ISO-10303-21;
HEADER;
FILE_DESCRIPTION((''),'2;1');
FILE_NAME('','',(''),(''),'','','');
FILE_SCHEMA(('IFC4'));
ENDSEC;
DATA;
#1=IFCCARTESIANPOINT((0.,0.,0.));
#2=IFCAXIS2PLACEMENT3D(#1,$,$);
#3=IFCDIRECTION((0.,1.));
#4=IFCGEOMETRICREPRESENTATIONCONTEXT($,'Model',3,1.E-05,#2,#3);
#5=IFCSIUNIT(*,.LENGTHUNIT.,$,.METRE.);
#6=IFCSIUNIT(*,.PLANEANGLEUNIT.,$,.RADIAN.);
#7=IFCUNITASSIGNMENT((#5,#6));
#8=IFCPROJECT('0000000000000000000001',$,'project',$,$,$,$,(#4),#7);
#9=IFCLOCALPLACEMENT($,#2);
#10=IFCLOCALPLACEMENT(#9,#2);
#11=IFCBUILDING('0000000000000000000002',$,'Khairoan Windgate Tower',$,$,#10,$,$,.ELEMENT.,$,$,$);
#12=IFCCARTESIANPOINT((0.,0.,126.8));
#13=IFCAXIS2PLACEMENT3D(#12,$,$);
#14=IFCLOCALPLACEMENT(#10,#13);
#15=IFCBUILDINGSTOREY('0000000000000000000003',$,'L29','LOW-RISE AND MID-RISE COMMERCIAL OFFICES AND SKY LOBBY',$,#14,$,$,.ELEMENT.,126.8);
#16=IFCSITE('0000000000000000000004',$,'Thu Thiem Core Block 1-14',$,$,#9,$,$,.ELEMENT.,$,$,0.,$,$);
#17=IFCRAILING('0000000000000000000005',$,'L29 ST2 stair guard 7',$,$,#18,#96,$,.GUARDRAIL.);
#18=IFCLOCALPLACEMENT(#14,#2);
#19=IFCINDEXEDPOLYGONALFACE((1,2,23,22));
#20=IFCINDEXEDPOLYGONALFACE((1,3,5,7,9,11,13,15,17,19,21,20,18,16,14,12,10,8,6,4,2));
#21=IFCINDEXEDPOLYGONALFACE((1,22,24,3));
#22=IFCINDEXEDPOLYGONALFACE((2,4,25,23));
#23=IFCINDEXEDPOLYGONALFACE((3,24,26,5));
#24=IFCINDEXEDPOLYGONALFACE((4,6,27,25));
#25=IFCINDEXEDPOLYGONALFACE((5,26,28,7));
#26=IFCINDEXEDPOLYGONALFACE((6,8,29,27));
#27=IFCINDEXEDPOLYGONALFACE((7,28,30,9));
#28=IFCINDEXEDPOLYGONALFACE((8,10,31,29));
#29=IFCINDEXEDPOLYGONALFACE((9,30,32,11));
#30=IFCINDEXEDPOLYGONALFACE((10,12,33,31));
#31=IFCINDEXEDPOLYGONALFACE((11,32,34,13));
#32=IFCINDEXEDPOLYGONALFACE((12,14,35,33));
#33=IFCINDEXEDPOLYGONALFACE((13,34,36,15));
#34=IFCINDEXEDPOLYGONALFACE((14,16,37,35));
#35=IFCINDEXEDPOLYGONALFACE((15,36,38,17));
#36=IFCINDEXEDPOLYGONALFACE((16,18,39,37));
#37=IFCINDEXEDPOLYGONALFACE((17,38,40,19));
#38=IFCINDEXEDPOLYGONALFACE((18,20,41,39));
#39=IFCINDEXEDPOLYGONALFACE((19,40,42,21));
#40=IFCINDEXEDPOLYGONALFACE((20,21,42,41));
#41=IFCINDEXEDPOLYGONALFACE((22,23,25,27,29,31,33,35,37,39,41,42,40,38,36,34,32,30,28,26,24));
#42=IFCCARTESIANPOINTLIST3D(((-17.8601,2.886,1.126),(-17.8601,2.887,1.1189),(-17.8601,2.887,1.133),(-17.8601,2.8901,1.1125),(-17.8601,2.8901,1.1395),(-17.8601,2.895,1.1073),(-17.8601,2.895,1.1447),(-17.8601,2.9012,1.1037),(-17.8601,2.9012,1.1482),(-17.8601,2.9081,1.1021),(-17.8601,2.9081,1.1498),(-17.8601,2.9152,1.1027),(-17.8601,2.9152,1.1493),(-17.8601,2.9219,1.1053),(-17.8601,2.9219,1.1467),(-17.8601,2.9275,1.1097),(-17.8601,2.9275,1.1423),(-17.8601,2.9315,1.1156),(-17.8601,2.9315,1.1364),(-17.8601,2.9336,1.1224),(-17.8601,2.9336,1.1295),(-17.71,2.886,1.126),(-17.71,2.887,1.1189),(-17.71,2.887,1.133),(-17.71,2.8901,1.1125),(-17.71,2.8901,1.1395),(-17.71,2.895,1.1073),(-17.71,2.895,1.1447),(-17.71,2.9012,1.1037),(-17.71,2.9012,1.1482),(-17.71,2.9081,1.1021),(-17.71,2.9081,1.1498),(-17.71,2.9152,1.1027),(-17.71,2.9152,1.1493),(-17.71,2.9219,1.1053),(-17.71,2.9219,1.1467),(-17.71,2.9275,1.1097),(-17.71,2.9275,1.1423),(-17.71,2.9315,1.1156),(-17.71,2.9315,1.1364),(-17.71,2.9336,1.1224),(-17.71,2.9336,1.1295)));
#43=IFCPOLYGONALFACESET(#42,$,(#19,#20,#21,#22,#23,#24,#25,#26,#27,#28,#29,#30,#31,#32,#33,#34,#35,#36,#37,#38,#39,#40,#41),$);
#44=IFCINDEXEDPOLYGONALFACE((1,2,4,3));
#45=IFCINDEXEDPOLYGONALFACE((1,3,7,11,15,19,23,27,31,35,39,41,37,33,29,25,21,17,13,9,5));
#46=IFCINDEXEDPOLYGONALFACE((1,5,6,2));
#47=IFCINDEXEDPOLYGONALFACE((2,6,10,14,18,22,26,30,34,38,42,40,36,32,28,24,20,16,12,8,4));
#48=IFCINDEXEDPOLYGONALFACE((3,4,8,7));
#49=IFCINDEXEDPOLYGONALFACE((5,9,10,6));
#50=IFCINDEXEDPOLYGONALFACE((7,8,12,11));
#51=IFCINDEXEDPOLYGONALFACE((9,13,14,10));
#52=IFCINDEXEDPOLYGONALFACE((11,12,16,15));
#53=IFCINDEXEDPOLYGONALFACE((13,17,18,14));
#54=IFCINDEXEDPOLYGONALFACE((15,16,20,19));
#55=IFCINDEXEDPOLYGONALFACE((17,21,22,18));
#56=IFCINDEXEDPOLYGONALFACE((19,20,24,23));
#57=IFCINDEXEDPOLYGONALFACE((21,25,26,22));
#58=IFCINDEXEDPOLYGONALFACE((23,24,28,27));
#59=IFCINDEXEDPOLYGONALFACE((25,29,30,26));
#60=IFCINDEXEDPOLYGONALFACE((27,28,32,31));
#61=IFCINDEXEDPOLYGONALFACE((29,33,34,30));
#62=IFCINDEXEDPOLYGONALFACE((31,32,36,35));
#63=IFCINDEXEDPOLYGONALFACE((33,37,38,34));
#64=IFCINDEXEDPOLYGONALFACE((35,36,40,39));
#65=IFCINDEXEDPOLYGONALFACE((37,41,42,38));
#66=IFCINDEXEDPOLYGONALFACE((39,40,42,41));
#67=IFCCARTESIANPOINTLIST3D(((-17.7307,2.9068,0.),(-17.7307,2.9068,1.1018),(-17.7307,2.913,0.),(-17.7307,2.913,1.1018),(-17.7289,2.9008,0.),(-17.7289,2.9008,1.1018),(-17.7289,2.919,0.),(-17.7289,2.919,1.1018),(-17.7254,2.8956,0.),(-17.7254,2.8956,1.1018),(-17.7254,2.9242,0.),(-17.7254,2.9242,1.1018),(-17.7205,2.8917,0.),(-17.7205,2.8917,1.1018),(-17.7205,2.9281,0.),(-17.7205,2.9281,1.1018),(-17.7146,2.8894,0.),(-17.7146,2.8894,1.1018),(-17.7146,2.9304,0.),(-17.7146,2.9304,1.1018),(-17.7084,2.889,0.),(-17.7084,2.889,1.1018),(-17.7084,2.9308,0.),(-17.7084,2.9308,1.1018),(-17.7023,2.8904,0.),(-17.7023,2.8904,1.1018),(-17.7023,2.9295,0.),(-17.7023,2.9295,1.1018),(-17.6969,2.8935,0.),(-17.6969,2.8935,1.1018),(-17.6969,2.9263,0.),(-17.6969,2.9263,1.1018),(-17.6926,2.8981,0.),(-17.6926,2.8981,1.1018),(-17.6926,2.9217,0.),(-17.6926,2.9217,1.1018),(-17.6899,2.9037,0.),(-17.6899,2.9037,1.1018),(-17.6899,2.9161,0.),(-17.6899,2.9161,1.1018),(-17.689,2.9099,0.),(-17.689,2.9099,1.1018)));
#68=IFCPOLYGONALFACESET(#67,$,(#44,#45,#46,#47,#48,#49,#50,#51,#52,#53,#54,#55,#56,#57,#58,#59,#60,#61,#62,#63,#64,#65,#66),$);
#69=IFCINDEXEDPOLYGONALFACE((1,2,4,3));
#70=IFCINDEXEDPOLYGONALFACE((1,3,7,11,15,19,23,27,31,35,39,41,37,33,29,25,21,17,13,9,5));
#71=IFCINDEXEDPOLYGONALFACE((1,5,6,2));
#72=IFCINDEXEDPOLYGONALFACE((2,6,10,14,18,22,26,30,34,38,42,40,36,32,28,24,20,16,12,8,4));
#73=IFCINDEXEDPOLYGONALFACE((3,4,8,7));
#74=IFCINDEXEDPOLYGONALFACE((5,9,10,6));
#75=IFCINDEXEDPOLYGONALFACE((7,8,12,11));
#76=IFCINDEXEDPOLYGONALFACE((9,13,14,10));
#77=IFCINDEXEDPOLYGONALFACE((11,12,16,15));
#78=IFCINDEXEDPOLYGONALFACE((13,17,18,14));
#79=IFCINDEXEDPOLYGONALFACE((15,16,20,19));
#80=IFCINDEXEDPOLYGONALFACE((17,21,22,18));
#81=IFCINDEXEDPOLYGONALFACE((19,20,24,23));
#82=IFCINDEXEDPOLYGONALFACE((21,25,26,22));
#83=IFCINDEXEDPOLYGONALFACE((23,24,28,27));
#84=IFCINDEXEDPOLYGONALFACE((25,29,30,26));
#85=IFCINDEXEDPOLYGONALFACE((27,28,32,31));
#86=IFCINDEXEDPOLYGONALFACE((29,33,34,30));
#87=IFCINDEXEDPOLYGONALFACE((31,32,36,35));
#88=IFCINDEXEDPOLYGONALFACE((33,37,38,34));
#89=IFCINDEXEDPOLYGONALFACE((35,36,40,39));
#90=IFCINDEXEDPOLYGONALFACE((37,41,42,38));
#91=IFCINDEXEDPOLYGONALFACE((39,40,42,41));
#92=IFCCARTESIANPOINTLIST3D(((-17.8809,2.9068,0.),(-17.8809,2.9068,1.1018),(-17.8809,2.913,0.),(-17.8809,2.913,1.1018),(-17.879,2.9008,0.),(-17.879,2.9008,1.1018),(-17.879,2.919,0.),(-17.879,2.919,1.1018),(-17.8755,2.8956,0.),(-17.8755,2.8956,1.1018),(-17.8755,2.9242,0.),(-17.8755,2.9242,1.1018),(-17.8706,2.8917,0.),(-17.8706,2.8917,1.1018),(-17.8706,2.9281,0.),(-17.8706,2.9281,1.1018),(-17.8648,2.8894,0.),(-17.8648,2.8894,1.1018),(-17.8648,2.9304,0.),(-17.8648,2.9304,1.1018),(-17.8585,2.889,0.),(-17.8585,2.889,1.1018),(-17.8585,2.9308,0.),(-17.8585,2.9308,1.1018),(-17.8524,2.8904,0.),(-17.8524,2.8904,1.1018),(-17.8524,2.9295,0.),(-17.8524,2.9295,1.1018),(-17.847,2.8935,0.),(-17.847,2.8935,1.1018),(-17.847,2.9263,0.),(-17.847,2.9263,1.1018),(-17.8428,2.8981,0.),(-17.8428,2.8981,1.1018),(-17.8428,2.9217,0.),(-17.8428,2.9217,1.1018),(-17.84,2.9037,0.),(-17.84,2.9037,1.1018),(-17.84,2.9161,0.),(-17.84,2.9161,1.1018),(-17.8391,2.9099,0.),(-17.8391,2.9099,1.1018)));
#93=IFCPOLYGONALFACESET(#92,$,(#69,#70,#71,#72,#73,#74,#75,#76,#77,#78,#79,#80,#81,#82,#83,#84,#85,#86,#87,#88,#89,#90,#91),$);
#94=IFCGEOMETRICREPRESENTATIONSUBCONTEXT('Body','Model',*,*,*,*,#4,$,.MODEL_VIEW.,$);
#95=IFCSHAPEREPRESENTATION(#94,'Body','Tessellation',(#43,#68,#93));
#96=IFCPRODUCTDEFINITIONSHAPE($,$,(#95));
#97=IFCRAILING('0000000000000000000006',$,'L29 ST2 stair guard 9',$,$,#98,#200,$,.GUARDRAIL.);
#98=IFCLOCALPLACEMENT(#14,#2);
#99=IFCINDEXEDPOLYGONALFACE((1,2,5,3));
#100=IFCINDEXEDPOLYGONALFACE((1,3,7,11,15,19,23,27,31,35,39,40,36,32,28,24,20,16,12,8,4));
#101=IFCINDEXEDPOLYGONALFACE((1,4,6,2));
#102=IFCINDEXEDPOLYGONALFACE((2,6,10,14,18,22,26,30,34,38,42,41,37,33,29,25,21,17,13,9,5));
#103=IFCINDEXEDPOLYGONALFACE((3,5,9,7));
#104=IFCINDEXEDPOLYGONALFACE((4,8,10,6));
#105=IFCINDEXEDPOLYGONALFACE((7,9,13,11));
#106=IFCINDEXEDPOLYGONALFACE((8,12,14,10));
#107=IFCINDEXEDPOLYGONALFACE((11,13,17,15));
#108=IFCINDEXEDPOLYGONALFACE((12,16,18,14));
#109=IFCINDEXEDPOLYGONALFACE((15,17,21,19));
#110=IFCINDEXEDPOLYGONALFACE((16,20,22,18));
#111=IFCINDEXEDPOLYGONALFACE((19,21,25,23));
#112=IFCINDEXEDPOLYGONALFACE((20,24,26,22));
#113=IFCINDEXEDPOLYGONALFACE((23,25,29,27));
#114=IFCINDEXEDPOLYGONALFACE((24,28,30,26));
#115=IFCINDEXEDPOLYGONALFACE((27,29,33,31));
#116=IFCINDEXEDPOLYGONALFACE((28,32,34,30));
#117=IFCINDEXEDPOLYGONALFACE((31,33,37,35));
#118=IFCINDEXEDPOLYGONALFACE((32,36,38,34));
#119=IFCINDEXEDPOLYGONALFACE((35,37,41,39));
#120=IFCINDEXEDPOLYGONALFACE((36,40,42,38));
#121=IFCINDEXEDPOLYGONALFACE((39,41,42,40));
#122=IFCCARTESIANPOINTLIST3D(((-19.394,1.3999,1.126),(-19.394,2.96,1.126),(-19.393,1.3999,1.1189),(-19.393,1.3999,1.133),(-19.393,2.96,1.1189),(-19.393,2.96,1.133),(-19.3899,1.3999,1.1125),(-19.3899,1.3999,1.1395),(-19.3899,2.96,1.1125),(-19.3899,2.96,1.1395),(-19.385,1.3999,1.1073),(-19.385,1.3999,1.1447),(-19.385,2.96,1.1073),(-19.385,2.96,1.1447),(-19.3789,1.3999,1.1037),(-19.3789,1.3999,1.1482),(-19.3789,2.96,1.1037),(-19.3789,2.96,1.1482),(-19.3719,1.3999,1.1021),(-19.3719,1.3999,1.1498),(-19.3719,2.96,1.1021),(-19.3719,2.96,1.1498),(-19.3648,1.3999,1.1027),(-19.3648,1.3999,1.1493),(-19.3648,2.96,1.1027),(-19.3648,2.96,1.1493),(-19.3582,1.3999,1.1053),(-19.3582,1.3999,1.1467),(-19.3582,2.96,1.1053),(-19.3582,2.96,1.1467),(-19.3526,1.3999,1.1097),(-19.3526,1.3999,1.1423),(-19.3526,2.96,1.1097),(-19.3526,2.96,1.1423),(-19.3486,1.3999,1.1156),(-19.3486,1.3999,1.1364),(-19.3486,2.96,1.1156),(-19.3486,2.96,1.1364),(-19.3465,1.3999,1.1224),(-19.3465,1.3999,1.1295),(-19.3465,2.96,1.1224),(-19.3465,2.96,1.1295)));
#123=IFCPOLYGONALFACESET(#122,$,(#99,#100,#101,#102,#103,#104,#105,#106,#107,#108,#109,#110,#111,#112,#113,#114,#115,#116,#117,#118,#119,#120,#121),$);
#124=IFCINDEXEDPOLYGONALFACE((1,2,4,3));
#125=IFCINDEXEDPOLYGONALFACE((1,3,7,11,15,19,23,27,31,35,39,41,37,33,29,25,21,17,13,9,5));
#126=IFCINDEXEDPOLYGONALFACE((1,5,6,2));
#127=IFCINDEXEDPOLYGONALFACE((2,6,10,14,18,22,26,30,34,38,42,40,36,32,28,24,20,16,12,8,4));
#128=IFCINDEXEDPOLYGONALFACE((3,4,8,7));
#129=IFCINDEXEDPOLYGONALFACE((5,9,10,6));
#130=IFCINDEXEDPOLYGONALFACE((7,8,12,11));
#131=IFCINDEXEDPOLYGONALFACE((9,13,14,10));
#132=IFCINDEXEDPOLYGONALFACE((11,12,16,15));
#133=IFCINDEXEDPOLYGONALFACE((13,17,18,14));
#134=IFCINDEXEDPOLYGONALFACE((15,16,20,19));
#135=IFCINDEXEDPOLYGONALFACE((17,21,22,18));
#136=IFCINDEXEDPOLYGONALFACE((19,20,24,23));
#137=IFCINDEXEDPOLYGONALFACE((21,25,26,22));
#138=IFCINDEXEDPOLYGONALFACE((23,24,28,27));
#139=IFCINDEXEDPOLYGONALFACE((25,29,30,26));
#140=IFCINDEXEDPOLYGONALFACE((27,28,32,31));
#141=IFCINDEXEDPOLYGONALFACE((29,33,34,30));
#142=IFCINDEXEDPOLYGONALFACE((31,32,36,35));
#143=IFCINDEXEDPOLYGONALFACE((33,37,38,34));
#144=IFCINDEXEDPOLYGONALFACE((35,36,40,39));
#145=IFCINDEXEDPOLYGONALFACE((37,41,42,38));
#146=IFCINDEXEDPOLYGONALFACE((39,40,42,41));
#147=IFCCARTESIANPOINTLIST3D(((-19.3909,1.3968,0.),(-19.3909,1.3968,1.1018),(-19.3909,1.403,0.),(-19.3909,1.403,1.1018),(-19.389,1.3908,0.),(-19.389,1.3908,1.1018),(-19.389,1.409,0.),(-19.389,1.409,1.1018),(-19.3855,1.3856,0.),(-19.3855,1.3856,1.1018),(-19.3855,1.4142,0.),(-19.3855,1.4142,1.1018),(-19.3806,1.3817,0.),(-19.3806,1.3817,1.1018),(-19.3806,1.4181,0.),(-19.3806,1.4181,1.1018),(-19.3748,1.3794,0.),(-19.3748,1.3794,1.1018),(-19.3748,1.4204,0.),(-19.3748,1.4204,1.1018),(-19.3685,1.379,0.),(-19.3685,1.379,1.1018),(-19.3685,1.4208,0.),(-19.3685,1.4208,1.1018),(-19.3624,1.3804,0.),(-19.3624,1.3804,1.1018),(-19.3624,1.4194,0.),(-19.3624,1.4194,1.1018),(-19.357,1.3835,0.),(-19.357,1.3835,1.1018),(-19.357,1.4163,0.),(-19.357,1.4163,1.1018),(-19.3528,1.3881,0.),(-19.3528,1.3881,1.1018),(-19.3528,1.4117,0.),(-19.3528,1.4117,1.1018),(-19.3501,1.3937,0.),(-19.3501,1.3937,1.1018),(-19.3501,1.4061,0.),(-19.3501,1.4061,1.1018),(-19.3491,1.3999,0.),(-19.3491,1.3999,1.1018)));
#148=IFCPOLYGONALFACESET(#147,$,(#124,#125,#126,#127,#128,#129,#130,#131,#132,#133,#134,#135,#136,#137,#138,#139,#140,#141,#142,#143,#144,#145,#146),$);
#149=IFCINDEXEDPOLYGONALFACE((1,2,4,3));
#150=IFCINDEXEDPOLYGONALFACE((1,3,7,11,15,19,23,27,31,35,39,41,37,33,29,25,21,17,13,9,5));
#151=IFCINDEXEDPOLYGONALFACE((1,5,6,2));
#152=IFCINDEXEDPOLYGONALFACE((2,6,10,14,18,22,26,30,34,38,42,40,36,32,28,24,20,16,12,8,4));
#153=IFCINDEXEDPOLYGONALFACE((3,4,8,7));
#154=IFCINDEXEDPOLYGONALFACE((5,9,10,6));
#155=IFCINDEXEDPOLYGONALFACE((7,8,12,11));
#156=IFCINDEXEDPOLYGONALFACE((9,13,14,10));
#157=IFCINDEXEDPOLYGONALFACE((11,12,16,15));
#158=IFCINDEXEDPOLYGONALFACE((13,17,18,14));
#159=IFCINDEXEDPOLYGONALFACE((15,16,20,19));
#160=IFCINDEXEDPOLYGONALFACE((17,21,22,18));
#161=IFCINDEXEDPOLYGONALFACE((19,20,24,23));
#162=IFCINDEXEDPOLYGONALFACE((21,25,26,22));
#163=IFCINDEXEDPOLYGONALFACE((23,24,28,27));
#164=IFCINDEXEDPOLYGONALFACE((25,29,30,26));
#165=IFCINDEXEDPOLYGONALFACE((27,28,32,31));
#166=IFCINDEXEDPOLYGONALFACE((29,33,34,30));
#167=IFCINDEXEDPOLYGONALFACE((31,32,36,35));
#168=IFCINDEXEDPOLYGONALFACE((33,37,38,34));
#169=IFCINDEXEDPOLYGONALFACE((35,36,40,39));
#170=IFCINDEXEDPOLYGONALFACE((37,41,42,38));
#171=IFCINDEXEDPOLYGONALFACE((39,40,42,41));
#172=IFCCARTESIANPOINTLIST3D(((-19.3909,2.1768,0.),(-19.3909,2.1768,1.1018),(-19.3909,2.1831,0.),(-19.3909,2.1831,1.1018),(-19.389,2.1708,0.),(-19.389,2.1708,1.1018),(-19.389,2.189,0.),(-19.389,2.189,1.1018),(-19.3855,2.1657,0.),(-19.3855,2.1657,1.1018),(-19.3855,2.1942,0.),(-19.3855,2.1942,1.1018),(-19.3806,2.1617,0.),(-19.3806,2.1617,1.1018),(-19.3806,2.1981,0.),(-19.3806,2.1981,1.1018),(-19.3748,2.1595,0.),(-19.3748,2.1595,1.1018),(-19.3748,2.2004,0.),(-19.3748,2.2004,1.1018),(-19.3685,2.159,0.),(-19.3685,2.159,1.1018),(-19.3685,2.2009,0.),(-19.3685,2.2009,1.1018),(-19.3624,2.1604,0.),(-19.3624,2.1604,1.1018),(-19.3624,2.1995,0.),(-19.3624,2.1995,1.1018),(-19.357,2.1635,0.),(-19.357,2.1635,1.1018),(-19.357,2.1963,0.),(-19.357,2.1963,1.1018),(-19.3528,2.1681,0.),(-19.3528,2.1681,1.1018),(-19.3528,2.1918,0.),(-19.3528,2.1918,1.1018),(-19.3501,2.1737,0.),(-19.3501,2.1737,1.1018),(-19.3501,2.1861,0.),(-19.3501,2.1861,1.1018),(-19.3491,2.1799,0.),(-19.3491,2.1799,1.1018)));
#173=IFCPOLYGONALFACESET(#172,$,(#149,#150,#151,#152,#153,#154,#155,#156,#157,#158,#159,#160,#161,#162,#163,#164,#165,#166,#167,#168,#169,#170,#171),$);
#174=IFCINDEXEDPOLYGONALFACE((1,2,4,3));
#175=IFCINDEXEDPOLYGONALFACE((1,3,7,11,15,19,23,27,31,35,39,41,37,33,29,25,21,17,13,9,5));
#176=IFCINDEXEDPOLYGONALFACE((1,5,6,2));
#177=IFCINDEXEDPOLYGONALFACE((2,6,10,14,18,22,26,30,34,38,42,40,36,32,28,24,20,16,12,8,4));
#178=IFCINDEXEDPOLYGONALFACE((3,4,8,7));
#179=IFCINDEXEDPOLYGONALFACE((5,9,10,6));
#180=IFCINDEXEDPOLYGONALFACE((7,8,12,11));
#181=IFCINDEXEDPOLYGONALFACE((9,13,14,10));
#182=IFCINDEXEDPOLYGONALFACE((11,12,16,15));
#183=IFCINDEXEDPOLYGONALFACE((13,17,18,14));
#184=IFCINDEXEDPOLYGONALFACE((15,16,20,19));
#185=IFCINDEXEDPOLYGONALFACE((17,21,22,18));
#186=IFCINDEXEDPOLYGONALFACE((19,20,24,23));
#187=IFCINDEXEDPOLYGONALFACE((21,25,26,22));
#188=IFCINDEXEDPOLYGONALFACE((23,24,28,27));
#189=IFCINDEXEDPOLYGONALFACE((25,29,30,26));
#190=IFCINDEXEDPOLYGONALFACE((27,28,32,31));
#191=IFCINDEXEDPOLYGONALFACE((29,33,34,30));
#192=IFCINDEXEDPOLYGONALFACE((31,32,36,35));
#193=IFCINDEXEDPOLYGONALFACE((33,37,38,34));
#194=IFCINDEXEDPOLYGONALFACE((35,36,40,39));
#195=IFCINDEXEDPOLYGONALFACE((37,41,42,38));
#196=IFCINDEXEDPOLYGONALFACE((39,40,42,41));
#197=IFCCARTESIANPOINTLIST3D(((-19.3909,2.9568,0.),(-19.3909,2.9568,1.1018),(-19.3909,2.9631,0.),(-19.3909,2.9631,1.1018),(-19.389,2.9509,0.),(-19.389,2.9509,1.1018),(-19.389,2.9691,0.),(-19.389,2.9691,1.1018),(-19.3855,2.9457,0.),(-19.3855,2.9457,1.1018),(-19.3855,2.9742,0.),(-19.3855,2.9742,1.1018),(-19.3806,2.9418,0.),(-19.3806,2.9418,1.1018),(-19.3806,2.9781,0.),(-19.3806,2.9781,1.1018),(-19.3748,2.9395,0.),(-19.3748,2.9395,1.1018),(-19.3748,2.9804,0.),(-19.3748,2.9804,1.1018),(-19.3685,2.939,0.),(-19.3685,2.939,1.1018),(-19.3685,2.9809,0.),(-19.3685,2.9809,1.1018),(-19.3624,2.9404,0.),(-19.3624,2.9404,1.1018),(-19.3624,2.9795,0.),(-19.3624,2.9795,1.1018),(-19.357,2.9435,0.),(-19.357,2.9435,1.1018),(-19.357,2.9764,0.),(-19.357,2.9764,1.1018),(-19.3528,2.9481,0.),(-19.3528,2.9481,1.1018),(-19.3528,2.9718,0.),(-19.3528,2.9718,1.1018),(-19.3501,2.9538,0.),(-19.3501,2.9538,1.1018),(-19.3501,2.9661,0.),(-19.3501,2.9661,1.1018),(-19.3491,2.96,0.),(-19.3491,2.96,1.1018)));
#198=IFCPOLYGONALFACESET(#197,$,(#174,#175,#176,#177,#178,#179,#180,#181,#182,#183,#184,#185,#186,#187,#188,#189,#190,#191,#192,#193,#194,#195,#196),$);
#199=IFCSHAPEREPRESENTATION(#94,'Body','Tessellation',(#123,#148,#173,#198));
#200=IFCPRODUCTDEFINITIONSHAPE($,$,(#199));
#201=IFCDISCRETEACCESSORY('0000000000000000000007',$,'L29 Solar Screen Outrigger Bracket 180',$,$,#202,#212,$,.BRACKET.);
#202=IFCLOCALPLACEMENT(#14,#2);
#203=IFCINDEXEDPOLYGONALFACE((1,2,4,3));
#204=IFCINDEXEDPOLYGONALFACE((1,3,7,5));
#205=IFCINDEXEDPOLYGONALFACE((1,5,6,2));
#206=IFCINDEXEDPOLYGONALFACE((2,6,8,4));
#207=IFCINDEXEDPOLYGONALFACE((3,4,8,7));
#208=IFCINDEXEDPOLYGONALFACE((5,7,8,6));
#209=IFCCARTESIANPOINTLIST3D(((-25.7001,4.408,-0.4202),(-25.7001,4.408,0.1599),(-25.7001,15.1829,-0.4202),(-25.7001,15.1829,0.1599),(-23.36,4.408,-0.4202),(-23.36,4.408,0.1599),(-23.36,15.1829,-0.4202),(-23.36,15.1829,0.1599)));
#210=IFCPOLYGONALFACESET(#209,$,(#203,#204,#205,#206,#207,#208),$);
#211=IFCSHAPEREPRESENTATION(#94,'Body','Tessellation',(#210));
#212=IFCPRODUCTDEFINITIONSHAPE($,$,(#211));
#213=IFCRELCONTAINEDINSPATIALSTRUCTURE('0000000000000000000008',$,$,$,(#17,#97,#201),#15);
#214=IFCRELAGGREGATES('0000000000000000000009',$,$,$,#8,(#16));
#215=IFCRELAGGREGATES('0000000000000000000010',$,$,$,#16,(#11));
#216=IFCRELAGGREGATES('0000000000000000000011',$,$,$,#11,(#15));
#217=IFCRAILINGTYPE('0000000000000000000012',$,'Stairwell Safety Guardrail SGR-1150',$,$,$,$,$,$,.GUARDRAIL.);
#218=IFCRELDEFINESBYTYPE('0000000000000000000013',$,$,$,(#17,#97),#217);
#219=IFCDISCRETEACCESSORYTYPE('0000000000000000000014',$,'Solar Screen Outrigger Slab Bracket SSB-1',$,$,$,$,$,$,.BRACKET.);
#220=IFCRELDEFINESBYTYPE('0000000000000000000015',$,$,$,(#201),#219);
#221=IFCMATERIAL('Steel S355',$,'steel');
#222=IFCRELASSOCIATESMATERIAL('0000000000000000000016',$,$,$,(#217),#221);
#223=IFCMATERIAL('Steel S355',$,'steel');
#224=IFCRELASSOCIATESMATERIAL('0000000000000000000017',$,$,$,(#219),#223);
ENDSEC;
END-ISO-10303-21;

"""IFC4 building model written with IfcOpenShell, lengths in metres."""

from ifc_helpers import new_model, si_unit, direction, frame, origin, origin_2d, place, context, subcontext, project, spatial, rectangle, circle, extrude, material, type_object, element, save


model = new_model("IFC4")

# Units and contexts
model_context = context("Model", 3, precision=1e-05, world=origin(), true_north=direction((0.0, 1.0)))
body_context = subcontext(model_context, "Body", "Model", "MODEL_VIEW")
ifc_project = project(units=[si_unit("LENGTHUNIT", "METRE"), si_unit("PLANEANGLEUNIT", "RADIAN")], contexts=[model_context])

# Site, building, storey
site_placement = place(None, origin())
site = spatial("IfcSite", under=ifc_project, at=site_placement, Name="Thu Thiem Core Block 1-14", CompositionType="ELEMENT", RefElevation=0.0)
building_placement = place(site_placement, origin())
building = spatial("IfcBuilding", under=site, at=building_placement, Name="Khairoan Windgate Tower", CompositionType="ELEMENT")
storey_placement = place(building_placement, frame((0.0, 0.0, 126.8)))
storey = spatial("IfcBuildingStorey", under=building, at=storey_placement, Name="L29", Description="LOW-RISE AND MID-RISE COMMERCIAL OFFICES AND SKY LOBBY", CompositionType="ELEMENT", Elevation=126.8)

# Railings
ifc_material_1 = material(Name="Steel S355", Category="steel")
railing_type_1 = type_object("IfcRailingType", Name="Stairwell Safety Guardrail SGR-1150", PredefinedType="GUARDRAIL", material=ifc_material_1)
railing_1_placement = place(storey_placement, frame((-17.71, 2.9099, 0.0)))
element("IfcRailing", 1, at=railing_1_placement, inside=storey, type_object=railing_type_1, Name="L29 ST2 stair guard 7", PredefinedType="GUARDRAIL", context=body_context, shape_type="SweptSolid", body=[
    extrude(circle(Radius=0.0239, at=origin_2d()), frame((0.0, 0.0, 1.126), z_axis=(-1.0, 0.0, 0.0), x_axis=(0.0, -1.0, 0.0)), (0.0, 0.0, 1.0), 0.1501),
    extrude(circle(Radius=0.021, at=origin_2d()), origin(), (0.0, 0.0, 1.0), 1.1018),
    extrude(circle(Radius=0.021, at=origin_2d()), frame((-0.1501, 0.0, 0.0)), (0.0, 0.0, 1.0), 1.1018),
])
railing_2_placement = place(storey_placement, frame((-19.3701, 1.3999, 0.0)))
element("IfcRailing", 2, at=railing_2_placement, inside=storey, type_object=railing_type_1, Name="L29 ST2 stair guard 9", PredefinedType="GUARDRAIL", context=body_context, shape_type="SweptSolid", body=[
    extrude(circle(Radius=0.0239, at=origin_2d()), frame((0.0, 0.0, 1.126), z_axis=(0.0, 1.0, 0.0), x_axis=(-1.0, 0.0, 0.0)), (0.0, 0.0, 1.0), 1.5601),
    extrude(circle(Radius=0.021, at=origin_2d()), origin(), (0.0, 0.0, 1.0), 1.1018),
    extrude(circle(Radius=0.021, at=origin_2d()), frame((0.0, 0.78, 0.0)), (0.0, 0.0, 1.0), 1.1018),
    extrude(circle(Radius=0.021, at=origin_2d()), frame((0.0, 1.5601, 0.0)), (0.0, 0.0, 1.0), 1.1018),
])

# Discrete accessory
ifc_material_2 = material(Name="Steel S355", Category="steel")
discrete_accessory_type = type_object("IfcDiscreteAccessoryType", Name="Solar Screen Outrigger Slab Bracket SSB-1", PredefinedType="BRACKET", material=ifc_material_2)
discrete_accessory_placement = place(storey_placement, frame((-24.53, 9.7954, -0.4202), z_axis=(0.0, 0.0, 1.0), x_axis=(0.0, 1.0, 0.0)))
element("IfcDiscreteAccessory", 3, at=discrete_accessory_placement, inside=storey, type_object=discrete_accessory_type, Name="L29 Solar Screen Outrigger Bracket 180", PredefinedType="BRACKET", context=body_context, shape_type="SweptSolid", body=[
    extrude(rectangle(XDim=10.7749, YDim=2.3401, at=origin_2d()), origin(), (0.0, 0.0, 1.0), 0.5801),
])

save(model, "model.ifc")
